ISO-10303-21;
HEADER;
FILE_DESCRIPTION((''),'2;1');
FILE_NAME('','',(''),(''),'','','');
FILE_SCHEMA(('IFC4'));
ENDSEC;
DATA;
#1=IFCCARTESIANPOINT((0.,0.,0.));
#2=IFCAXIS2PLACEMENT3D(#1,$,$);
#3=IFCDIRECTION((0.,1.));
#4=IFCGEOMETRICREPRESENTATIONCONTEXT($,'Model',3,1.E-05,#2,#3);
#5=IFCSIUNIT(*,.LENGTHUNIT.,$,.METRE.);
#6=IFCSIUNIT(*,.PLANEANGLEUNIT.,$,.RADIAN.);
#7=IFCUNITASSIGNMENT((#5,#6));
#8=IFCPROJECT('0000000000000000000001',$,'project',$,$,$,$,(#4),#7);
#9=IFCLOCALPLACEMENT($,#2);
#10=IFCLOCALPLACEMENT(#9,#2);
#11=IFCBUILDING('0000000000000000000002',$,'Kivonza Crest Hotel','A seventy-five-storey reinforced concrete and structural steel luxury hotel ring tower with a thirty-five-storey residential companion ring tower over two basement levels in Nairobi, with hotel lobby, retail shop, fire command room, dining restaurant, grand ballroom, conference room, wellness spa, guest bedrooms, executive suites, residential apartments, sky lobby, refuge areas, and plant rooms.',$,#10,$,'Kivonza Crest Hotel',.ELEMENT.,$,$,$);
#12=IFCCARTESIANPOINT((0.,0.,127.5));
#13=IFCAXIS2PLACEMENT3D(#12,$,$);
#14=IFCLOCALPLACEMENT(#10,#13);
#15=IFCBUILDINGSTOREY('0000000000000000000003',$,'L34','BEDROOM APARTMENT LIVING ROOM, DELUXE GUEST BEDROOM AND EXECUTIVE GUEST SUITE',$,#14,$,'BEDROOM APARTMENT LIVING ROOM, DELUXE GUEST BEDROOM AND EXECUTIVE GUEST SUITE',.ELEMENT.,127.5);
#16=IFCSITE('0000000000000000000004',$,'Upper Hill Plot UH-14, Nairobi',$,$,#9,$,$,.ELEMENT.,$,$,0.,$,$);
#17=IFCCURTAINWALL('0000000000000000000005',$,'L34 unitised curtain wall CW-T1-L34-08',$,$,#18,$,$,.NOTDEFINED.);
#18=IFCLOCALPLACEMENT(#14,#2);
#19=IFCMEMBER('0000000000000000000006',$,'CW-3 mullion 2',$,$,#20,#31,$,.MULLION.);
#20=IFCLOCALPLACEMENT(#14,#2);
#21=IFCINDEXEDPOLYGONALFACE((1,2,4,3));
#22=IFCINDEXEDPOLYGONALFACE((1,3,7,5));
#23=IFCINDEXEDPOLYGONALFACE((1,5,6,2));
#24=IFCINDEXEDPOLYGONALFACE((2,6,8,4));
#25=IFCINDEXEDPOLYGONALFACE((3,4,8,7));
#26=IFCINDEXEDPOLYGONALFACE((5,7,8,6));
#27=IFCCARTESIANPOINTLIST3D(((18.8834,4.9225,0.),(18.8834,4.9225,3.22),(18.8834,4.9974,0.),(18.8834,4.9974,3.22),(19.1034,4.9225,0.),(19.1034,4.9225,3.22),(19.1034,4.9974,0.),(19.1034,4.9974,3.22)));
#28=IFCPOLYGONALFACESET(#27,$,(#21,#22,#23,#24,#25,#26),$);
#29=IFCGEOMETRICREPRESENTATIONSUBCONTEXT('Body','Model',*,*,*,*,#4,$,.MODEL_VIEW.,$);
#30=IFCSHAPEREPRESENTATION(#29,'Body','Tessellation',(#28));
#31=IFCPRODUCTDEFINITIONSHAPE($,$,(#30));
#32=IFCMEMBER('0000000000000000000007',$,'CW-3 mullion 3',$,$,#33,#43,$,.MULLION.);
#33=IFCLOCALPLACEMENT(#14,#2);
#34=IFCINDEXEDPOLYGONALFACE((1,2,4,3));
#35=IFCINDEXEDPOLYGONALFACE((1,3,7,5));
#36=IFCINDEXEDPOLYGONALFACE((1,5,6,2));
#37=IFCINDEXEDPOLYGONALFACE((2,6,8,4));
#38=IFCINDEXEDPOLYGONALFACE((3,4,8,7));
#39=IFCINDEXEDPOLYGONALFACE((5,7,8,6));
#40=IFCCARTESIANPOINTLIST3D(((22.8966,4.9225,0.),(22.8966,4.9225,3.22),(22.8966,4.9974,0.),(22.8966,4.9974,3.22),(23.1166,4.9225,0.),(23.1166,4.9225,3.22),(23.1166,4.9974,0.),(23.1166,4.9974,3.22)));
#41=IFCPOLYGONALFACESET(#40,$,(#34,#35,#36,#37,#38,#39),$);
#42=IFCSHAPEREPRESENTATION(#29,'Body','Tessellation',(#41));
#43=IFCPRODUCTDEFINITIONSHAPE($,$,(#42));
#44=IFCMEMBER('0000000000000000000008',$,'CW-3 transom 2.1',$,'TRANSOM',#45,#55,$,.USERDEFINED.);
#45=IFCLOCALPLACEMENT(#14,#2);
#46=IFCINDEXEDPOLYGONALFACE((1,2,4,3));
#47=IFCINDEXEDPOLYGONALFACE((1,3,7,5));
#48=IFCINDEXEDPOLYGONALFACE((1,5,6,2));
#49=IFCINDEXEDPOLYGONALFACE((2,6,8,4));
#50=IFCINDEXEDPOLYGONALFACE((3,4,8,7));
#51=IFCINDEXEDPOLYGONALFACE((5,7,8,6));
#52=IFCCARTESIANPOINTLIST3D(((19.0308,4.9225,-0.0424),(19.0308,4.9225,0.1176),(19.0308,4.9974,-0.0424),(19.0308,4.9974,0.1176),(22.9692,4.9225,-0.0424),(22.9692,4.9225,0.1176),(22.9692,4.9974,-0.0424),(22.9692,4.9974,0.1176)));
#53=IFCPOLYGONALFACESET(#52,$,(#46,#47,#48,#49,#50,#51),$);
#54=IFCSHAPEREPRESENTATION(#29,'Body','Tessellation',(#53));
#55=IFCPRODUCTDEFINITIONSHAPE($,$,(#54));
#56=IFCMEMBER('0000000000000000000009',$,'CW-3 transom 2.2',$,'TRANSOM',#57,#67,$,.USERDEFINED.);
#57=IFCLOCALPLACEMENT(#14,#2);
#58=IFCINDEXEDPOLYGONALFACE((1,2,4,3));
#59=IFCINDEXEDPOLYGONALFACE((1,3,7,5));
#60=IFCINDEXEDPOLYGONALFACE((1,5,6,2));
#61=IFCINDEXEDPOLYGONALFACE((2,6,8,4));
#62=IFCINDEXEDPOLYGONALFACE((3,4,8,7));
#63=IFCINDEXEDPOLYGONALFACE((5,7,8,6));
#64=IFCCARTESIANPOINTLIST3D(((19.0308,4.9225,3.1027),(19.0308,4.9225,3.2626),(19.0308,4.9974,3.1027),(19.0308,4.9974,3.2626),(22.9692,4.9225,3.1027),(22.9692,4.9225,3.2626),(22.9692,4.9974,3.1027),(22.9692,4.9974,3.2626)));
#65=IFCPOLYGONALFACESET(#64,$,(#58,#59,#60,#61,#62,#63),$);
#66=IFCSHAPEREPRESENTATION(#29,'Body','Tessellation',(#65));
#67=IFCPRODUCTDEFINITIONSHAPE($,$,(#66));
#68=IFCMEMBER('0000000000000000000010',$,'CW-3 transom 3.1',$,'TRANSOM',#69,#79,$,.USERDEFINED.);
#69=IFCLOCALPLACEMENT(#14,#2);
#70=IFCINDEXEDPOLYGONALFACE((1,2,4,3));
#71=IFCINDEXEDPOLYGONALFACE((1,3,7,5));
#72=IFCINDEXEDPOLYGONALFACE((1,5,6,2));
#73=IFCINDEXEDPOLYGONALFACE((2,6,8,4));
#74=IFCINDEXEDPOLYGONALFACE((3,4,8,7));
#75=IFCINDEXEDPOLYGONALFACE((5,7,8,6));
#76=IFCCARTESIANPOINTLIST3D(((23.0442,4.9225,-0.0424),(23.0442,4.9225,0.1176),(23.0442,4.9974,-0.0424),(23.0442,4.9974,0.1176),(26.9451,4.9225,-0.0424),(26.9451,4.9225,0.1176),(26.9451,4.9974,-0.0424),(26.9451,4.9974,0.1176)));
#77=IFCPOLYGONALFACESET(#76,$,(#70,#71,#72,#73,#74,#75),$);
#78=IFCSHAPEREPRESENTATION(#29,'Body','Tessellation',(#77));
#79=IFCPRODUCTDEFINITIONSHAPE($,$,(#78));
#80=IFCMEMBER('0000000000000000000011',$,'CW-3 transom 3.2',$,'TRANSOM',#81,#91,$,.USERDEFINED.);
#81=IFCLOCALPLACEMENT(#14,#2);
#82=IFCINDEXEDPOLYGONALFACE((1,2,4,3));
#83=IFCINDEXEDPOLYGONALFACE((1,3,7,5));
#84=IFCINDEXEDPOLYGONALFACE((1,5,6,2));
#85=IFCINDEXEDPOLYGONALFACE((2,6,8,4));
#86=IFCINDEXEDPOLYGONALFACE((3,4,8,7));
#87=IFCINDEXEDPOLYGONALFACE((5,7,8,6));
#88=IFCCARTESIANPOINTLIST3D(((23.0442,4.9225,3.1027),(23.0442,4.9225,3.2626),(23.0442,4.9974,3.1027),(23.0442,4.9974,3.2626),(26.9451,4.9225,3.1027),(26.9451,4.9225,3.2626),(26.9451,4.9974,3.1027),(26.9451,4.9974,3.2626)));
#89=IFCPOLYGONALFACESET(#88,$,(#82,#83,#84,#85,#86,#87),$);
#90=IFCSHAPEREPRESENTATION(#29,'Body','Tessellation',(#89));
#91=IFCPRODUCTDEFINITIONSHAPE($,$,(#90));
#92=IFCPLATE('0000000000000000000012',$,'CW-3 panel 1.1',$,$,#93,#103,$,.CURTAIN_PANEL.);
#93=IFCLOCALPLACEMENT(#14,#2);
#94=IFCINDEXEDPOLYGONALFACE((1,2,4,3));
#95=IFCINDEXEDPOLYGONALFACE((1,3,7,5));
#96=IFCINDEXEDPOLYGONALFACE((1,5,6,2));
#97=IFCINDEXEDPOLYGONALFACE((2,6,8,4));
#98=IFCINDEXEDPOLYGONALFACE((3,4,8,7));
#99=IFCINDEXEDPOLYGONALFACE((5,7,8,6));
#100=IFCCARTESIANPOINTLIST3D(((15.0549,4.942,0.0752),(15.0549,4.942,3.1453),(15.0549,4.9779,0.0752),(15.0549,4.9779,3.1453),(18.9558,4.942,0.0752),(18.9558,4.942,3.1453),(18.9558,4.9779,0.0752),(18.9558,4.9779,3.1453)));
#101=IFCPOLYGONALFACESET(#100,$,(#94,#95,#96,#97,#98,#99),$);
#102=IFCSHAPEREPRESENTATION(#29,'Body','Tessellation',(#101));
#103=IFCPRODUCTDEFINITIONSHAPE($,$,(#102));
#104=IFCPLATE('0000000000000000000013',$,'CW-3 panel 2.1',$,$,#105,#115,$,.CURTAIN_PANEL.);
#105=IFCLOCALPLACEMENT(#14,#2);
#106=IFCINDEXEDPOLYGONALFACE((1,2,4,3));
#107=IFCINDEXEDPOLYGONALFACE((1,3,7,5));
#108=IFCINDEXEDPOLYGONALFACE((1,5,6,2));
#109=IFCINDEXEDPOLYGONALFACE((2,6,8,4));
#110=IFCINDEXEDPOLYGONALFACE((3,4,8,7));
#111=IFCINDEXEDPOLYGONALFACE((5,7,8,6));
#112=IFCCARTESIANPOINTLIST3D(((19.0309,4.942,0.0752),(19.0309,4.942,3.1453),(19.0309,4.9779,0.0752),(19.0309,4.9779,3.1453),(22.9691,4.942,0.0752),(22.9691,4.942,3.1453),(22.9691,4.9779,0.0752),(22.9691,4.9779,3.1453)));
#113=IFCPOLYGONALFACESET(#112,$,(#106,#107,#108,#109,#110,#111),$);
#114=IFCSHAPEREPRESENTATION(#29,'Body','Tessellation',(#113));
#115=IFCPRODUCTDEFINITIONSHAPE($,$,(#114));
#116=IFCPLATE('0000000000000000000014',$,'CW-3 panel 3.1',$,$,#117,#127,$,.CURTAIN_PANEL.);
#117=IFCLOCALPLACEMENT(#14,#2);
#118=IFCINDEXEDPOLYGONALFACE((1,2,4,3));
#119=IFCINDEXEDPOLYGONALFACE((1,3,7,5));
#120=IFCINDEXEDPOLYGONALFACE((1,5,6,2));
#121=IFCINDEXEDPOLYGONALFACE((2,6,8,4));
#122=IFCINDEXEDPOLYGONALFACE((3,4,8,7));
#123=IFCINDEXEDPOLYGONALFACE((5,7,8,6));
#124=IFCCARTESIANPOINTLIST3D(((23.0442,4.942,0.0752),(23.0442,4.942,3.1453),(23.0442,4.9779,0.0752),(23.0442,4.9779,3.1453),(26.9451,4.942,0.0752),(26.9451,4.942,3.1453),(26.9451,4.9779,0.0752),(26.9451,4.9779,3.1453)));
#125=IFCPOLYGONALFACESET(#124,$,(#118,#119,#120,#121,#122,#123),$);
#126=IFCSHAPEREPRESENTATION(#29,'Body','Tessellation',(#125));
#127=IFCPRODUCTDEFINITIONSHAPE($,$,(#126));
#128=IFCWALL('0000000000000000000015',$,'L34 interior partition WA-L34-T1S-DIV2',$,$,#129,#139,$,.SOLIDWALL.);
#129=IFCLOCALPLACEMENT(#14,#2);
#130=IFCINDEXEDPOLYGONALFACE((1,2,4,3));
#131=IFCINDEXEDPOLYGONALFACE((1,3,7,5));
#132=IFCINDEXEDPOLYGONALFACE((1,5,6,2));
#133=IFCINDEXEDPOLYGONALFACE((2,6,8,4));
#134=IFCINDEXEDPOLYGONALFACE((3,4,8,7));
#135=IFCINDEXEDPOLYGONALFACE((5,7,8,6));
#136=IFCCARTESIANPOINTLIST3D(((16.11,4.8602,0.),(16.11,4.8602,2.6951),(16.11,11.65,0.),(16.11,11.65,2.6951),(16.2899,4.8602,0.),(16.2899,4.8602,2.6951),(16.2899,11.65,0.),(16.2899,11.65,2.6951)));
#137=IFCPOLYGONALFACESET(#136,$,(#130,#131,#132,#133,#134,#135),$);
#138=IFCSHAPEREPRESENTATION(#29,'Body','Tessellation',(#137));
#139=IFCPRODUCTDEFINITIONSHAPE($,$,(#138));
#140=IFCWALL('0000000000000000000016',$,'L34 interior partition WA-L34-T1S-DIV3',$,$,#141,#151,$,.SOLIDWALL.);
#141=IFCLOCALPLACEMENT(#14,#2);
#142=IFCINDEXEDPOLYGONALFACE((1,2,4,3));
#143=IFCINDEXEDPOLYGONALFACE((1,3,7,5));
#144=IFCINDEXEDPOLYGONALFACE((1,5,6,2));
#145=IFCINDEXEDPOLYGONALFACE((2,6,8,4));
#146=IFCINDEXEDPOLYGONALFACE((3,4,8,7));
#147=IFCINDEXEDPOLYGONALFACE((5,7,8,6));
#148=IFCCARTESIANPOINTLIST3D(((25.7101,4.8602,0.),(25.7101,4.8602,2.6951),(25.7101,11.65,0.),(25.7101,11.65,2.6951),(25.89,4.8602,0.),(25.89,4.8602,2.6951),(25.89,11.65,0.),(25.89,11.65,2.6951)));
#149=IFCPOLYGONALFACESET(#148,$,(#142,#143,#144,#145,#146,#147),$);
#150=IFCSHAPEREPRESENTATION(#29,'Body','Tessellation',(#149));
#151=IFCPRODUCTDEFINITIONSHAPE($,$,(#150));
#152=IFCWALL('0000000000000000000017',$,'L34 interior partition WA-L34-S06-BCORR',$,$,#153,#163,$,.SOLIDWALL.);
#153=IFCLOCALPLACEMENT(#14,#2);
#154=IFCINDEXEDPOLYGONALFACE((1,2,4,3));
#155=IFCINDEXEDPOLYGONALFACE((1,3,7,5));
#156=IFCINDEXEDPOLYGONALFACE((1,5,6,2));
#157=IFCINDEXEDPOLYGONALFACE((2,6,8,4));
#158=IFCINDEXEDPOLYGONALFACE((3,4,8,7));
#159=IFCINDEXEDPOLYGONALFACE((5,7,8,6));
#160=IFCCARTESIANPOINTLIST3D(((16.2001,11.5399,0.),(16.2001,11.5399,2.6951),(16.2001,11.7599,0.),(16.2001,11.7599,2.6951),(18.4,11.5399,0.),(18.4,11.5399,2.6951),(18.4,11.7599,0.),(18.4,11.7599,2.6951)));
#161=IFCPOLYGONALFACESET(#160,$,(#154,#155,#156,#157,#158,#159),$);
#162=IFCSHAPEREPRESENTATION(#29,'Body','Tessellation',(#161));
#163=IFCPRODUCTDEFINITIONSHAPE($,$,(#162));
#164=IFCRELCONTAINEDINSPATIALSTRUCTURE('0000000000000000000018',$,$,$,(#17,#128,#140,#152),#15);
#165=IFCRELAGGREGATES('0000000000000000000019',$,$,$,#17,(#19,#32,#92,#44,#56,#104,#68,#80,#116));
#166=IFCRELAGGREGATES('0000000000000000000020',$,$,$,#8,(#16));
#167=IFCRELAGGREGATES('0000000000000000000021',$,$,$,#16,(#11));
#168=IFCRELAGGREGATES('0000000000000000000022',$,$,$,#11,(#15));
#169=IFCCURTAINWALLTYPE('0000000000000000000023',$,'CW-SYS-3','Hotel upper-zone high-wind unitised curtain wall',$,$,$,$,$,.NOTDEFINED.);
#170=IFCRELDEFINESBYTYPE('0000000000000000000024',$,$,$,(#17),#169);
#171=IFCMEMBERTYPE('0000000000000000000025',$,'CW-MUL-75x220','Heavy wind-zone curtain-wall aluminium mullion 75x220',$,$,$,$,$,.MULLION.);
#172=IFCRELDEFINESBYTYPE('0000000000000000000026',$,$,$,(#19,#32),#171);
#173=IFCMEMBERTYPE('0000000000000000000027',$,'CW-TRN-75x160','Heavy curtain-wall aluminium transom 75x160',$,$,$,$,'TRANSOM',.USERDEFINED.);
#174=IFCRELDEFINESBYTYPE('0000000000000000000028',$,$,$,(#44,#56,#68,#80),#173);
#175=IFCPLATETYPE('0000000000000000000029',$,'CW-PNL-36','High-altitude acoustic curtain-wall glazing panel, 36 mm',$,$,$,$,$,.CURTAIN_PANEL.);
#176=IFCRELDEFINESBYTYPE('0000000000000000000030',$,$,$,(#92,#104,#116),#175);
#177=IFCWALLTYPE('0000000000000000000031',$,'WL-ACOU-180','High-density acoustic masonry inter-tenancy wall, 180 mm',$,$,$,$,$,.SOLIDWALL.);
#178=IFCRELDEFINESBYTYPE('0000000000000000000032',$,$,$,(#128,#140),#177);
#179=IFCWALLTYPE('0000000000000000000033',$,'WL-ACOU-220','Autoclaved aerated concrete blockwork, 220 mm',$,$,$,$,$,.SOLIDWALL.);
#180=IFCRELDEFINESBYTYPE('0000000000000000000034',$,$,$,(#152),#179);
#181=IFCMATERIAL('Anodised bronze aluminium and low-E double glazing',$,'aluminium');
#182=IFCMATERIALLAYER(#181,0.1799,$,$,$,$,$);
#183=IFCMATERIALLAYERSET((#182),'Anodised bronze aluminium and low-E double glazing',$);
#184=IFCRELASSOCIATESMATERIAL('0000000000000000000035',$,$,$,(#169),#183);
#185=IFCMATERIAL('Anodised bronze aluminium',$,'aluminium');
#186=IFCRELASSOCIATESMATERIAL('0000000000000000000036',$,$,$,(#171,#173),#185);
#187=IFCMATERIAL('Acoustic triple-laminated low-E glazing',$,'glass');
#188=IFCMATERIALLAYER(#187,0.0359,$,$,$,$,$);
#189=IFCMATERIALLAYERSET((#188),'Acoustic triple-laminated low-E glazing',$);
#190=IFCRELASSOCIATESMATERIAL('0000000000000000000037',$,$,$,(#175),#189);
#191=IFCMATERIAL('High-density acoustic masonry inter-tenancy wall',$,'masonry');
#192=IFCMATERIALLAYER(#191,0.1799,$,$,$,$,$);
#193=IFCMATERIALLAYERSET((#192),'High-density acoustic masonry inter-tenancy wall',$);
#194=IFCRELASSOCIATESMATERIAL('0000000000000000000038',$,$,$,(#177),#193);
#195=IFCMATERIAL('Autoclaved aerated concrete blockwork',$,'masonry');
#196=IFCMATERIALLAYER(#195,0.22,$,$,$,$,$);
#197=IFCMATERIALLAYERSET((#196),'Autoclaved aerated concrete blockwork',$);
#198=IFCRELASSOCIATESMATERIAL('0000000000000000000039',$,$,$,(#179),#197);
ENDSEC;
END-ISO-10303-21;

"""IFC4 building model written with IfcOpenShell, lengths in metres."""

from ifc_helpers import new_model, si_unit, direction, frame, frame_2d, origin, origin_2d, place, context, subcontext, project, spatial, rectangle, extrude, material, layer, layer_set, material_profile, profile_set, type_object, element, aggregate, save


model = new_model("IFC4")

# Units and contexts
model_context = context("Model", 3, precision=1e-05, world=origin(), true_north=direction((0.0, 1.0)))
body_context = subcontext(model_context, "Body", "Model", "MODEL_VIEW")
ifc_project = project(units=[si_unit("LENGTHUNIT", "METRE"), si_unit("PLANEANGLEUNIT", "RADIAN")], contexts=[model_context])

# Site, building, storey
site_placement = place(None, origin())
site = spatial("IfcSite", under=ifc_project, at=site_placement, Name="Upper Hill Plot UH-14, Nairobi", CompositionType="ELEMENT", RefElevation=0.0)
building_placement = place(site_placement, origin())
building = spatial("IfcBuilding", under=site, at=building_placement, Name="Kivonza Crest Hotel", Description="A seventy-five-storey reinforced concrete and structural steel luxury hotel ring tower with a thirty-five-storey residential companion ring tower over two basement levels in Nairobi, with hotel lobby, retail shop, fire command room, dining restaurant, grand ballroom, conference room, wellness spa, guest bedrooms, executive suites, residential apartments, sky lobby, refuge areas, and plant rooms.", LongName="Kivonza Crest Hotel", CompositionType="ELEMENT")
storey_placement = place(building_placement, frame((0.0, 0.0, 127.5)))
storey = spatial("IfcBuildingStorey", under=building, at=storey_placement, Name="L34", Description="BEDROOM APARTMENT LIVING ROOM, DELUXE GUEST BEDROOM AND EXECUTIVE GUEST SUITE", LongName="BEDROOM APARTMENT LIVING ROOM, DELUXE GUEST BEDROOM AND EXECUTIVE GUEST SUITE", CompositionType="ELEMENT", Elevation=127.5)

# Curtain wall, members, plates
ifc_material_1 = material(Name="Anodised bronze aluminium and low-E double glazing", Category="aluminium")
ifc_layer_1 = layer(ifc_material_1, 0.1799)
ifc_layer_set_1 = layer_set([ifc_layer_1], Name="Anodised bronze aluminium and low-E double glazing")
curtain_wall_type = type_object("IfcCurtainWallType", Name="CW-SYS-3", Description="Hotel upper-zone high-wind unitised curtain wall", PredefinedType="NOTDEFINED", material=ifc_layer_set_1)
curtain_wall_placement = place(storey_placement, origin())
curtain_wall = element("IfcCurtainWall", 1, at=curtain_wall_placement, inside=storey, type_object=curtain_wall_type, Name="L34 unitised curtain wall CW-T1-L34-08", PredefinedType="NOTDEFINED")
ifc_material_2 = material(Name="Anodised bronze aluminium", Category="aluminium")
ifc_material_profile_1 = material_profile(ifc_material_2, rectangle(XDim=0.075, YDim=0.22, at=origin_2d()), Name="CW-M 75x220")
ifc_profile_set_1 = profile_set([ifc_material_profile_1], Name="Anodised bronze aluminium")
member_type_1 = type_object("IfcMemberType", Name="CW-MUL-75x220", Description="Heavy wind-zone curtain-wall aluminium mullion 75x220", PredefinedType="MULLION", material=ifc_profile_set_1)
member_1_placement = place(storey_placement, frame((18.9934, 4.96, 0.0), z_axis=(0.0, 0.0, 1.0), x_axis=(0.0, 1.0, 0.0)))
member_1 = element("IfcMember", 2, at=member_1_placement, type_object=member_type_1, Name="CW-3 mullion 2", PredefinedType="MULLION", context=body_context, shape_type="SweptSolid", body=[
    extrude(rectangle(XDim=0.075, YDim=0.22, at=origin_2d()), origin(), (0.0, 0.0, 1.0), 3.22),
])
member_2_placement = place(storey_placement, frame((23.0066, 4.96, 0.0), z_axis=(0.0, 0.0, 1.0), x_axis=(0.0, 1.0, 0.0)))
member_2 = element("IfcMember", 3, at=member_2_placement, type_object=member_type_1, Name="CW-3 mullion 3", PredefinedType="MULLION", context=body_context, shape_type="SweptSolid", body=[
    extrude(rectangle(XDim=0.075, YDim=0.22, at=origin_2d()), origin(), (0.0, 0.0, 1.0), 3.22),
])
ifc_material_profile_2 = material_profile(ifc_material_2, rectangle(XDim=0.075, YDim=0.1599, at=origin_2d()), Name="CW-T 75x160")
ifc_profile_set_2 = profile_set([ifc_material_profile_2], Name="Anodised bronze aluminium")
member_type_2 = type_object("IfcMemberType", Name="CW-TRN-75x160", Description="Heavy curtain-wall aluminium transom 75x160", ElementType="TRANSOM", PredefinedType="USERDEFINED", material=ifc_profile_set_2)
member_3_placement = place(storey_placement, frame((19.0308, 4.96, 0.0376), z_axis=(1.0, 0.0, 0.0), x_axis=(0.0, 1.0, 0.0)))
member_3 = element("IfcMember", 4, at=member_3_placement, type_object=member_type_2, Name="CW-3 transom 2.1", ObjectType="TRANSOM", PredefinedType="USERDEFINED", context=body_context, shape_type="SweptSolid", body=[
    extrude(rectangle(XDim=0.075, YDim=0.1599, at=origin_2d()), origin(), (0.0, 0.0, 1.0), 3.9385),
])
member_4_placement = place(storey_placement, frame((19.0308, 4.96, 3.1826), z_axis=(1.0, 0.0, 0.0), x_axis=(0.0, 1.0, 0.0)))
member_4 = element("IfcMember", 5, at=member_4_placement, type_object=member_type_2, Name="CW-3 transom 2.2", ObjectType="TRANSOM", PredefinedType="USERDEFINED", context=body_context, shape_type="SweptSolid", body=[
    extrude(rectangle(XDim=0.075, YDim=0.1599, at=origin_2d()), origin(), (0.0, 0.0, 1.0), 3.9385),
])
member_5_placement = place(storey_placement, frame((23.0442, 4.96, 0.0376), z_axis=(1.0, 0.0, 0.0), x_axis=(0.0, 1.0, 0.0)))
member_5 = element("IfcMember", 6, at=member_5_placement, type_object=member_type_2, Name="CW-3 transom 3.1", ObjectType="TRANSOM", PredefinedType="USERDEFINED", context=body_context, shape_type="SweptSolid", body=[
    extrude(rectangle(XDim=0.075, YDim=0.1599, at=origin_2d()), origin(), (0.0, 0.0, 1.0), 3.9009),
])
member_6_placement = place(storey_placement, frame((23.0442, 4.96, 3.1826), z_axis=(1.0, 0.0, 0.0), x_axis=(0.0, 1.0, 0.0)))
member_6 = element("IfcMember", 7, at=member_6_placement, type_object=member_type_2, Name="CW-3 transom 3.2", ObjectType="TRANSOM", PredefinedType="USERDEFINED", context=body_context, shape_type="SweptSolid", body=[
    extrude(rectangle(XDim=0.075, YDim=0.1599, at=origin_2d()), origin(), (0.0, 0.0, 1.0), 3.9009),
])
ifc_material_3 = material(Name="Acoustic triple-laminated low-E glazing", Category="glass")
ifc_layer_2 = layer(ifc_material_3, 0.0359)
ifc_layer_set_2 = layer_set([ifc_layer_2], Name="Acoustic triple-laminated low-E glazing")
plate_type = type_object("IfcPlateType", Name="CW-PNL-36", Description="High-altitude acoustic curtain-wall glazing panel, 36 mm", PredefinedType="CURTAIN_PANEL", material=ifc_layer_set_2)
plate_1_placement = place(storey_placement, frame((17.0054, 4.96, 0.0752), z_axis=(0.0, 0.0, 1.0), x_axis=(1.0, 0.0, 0.0)))
plate_1 = element("IfcPlate", 8, at=plate_1_placement, type_object=plate_type, Name="CW-3 panel 1.1", PredefinedType="CURTAIN_PANEL", context=body_context, shape_type="SweptSolid", body=[
    extrude(rectangle(XDim=3.9009, YDim=0.0359, at=origin_2d()), origin(), (0.0, 0.0, 1.0), 3.0701),
])
plate_2_placement = place(storey_placement, frame((21.0, 4.96, 0.0752), z_axis=(0.0, 0.0, 1.0), x_axis=(1.0, 0.0, 0.0)))
plate_2 = element("IfcPlate", 9, at=plate_2_placement, type_object=plate_type, Name="CW-3 panel 2.1", PredefinedType="CURTAIN_PANEL", context=body_context, shape_type="SweptSolid", body=[
    extrude(rectangle(XDim=3.9382, YDim=0.0359, at=origin_2d()), origin(), (0.0, 0.0, 1.0), 3.0701),
])
plate_3_placement = place(storey_placement, frame((24.9946, 4.96, 0.0752), z_axis=(0.0, 0.0, 1.0), x_axis=(1.0, 0.0, 0.0)))
plate_3 = element("IfcPlate", 10, at=plate_3_placement, type_object=plate_type, Name="CW-3 panel 3.1", PredefinedType="CURTAIN_PANEL", context=body_context, shape_type="SweptSolid", body=[
    extrude(rectangle(XDim=3.9009, YDim=0.0359, at=origin_2d()), origin(), (0.0, 0.0, 1.0), 3.0701),
])
aggregate(curtain_wall, [member_1, member_2, plate_1, member_3, member_4, plate_2, member_5, member_6, plate_3])

# Walls
ifc_material_4 = material(Name="High-density acoustic masonry inter-tenancy wall", Category="masonry")
ifc_layer_3 = layer(ifc_material_4, 0.1799)
ifc_layer_set_3 = layer_set([ifc_layer_3], Name="High-density acoustic masonry inter-tenancy wall")
wall_type_1 = type_object("IfcWallType", Name="WL-ACOU-180", Description="High-density acoustic masonry inter-tenancy wall, 180 mm", PredefinedType="SOLIDWALL", material=ifc_layer_set_3)
for number, where, z_axis, x_axis, name in (
    (11, (16.2, 4.8601, 0.0), (0.0, 0.0, 1.0), (0.0, 1.0, 0.0), "L34 interior partition WA-L34-T1S-DIV2"),
    (12, (25.8, 4.8601, 0.0), (0.0, 0.0, 1.0), (0.0, 1.0, 0.0), "L34 interior partition WA-L34-T1S-DIV3"),
):
    element("IfcWall", number, at=place(storey_placement, frame(where, z_axis=z_axis, x_axis=x_axis)), inside=storey, type_object=wall_type_1, Name=name, PredefinedType="SOLIDWALL", context=body_context, shape_type="SweptSolid", body=[
        extrude(rectangle(XDim=6.7898, YDim=0.1799, at=frame_2d((3.395, 0.0))), origin(), (0.0, 0.0, 1.0), 2.6951),
    ])
ifc_material_5 = material(Name="Autoclaved aerated concrete blockwork", Category="masonry")
ifc_layer_4 = layer(ifc_material_5, 0.22)
ifc_layer_set_4 = layer_set([ifc_layer_4], Name="Autoclaved aerated concrete blockwork")
wall_type_2 = type_object("IfcWallType", Name="WL-ACOU-220", Description="Autoclaved aerated concrete blockwork, 220 mm", PredefinedType="SOLIDWALL", material=ifc_layer_set_4)
wall_1_placement = place(storey_placement, frame((16.2, 11.6499, 0.0), z_axis=(0.0, 0.0, 1.0), x_axis=(1.0, 0.0, 0.0)))
element("IfcWall", 13, at=wall_1_placement, inside=storey, type_object=wall_type_2, Name="L34 interior partition WA-L34-S06-BCORR", PredefinedType="SOLIDWALL", context=body_context, shape_type="SweptSolid", body=[
    extrude(rectangle(XDim=2.2, YDim=0.22, at=frame_2d((1.1001, 0.0))), origin(), (0.0, 0.0, 1.0), 2.6951),
])

save(model, "model.ifc")
